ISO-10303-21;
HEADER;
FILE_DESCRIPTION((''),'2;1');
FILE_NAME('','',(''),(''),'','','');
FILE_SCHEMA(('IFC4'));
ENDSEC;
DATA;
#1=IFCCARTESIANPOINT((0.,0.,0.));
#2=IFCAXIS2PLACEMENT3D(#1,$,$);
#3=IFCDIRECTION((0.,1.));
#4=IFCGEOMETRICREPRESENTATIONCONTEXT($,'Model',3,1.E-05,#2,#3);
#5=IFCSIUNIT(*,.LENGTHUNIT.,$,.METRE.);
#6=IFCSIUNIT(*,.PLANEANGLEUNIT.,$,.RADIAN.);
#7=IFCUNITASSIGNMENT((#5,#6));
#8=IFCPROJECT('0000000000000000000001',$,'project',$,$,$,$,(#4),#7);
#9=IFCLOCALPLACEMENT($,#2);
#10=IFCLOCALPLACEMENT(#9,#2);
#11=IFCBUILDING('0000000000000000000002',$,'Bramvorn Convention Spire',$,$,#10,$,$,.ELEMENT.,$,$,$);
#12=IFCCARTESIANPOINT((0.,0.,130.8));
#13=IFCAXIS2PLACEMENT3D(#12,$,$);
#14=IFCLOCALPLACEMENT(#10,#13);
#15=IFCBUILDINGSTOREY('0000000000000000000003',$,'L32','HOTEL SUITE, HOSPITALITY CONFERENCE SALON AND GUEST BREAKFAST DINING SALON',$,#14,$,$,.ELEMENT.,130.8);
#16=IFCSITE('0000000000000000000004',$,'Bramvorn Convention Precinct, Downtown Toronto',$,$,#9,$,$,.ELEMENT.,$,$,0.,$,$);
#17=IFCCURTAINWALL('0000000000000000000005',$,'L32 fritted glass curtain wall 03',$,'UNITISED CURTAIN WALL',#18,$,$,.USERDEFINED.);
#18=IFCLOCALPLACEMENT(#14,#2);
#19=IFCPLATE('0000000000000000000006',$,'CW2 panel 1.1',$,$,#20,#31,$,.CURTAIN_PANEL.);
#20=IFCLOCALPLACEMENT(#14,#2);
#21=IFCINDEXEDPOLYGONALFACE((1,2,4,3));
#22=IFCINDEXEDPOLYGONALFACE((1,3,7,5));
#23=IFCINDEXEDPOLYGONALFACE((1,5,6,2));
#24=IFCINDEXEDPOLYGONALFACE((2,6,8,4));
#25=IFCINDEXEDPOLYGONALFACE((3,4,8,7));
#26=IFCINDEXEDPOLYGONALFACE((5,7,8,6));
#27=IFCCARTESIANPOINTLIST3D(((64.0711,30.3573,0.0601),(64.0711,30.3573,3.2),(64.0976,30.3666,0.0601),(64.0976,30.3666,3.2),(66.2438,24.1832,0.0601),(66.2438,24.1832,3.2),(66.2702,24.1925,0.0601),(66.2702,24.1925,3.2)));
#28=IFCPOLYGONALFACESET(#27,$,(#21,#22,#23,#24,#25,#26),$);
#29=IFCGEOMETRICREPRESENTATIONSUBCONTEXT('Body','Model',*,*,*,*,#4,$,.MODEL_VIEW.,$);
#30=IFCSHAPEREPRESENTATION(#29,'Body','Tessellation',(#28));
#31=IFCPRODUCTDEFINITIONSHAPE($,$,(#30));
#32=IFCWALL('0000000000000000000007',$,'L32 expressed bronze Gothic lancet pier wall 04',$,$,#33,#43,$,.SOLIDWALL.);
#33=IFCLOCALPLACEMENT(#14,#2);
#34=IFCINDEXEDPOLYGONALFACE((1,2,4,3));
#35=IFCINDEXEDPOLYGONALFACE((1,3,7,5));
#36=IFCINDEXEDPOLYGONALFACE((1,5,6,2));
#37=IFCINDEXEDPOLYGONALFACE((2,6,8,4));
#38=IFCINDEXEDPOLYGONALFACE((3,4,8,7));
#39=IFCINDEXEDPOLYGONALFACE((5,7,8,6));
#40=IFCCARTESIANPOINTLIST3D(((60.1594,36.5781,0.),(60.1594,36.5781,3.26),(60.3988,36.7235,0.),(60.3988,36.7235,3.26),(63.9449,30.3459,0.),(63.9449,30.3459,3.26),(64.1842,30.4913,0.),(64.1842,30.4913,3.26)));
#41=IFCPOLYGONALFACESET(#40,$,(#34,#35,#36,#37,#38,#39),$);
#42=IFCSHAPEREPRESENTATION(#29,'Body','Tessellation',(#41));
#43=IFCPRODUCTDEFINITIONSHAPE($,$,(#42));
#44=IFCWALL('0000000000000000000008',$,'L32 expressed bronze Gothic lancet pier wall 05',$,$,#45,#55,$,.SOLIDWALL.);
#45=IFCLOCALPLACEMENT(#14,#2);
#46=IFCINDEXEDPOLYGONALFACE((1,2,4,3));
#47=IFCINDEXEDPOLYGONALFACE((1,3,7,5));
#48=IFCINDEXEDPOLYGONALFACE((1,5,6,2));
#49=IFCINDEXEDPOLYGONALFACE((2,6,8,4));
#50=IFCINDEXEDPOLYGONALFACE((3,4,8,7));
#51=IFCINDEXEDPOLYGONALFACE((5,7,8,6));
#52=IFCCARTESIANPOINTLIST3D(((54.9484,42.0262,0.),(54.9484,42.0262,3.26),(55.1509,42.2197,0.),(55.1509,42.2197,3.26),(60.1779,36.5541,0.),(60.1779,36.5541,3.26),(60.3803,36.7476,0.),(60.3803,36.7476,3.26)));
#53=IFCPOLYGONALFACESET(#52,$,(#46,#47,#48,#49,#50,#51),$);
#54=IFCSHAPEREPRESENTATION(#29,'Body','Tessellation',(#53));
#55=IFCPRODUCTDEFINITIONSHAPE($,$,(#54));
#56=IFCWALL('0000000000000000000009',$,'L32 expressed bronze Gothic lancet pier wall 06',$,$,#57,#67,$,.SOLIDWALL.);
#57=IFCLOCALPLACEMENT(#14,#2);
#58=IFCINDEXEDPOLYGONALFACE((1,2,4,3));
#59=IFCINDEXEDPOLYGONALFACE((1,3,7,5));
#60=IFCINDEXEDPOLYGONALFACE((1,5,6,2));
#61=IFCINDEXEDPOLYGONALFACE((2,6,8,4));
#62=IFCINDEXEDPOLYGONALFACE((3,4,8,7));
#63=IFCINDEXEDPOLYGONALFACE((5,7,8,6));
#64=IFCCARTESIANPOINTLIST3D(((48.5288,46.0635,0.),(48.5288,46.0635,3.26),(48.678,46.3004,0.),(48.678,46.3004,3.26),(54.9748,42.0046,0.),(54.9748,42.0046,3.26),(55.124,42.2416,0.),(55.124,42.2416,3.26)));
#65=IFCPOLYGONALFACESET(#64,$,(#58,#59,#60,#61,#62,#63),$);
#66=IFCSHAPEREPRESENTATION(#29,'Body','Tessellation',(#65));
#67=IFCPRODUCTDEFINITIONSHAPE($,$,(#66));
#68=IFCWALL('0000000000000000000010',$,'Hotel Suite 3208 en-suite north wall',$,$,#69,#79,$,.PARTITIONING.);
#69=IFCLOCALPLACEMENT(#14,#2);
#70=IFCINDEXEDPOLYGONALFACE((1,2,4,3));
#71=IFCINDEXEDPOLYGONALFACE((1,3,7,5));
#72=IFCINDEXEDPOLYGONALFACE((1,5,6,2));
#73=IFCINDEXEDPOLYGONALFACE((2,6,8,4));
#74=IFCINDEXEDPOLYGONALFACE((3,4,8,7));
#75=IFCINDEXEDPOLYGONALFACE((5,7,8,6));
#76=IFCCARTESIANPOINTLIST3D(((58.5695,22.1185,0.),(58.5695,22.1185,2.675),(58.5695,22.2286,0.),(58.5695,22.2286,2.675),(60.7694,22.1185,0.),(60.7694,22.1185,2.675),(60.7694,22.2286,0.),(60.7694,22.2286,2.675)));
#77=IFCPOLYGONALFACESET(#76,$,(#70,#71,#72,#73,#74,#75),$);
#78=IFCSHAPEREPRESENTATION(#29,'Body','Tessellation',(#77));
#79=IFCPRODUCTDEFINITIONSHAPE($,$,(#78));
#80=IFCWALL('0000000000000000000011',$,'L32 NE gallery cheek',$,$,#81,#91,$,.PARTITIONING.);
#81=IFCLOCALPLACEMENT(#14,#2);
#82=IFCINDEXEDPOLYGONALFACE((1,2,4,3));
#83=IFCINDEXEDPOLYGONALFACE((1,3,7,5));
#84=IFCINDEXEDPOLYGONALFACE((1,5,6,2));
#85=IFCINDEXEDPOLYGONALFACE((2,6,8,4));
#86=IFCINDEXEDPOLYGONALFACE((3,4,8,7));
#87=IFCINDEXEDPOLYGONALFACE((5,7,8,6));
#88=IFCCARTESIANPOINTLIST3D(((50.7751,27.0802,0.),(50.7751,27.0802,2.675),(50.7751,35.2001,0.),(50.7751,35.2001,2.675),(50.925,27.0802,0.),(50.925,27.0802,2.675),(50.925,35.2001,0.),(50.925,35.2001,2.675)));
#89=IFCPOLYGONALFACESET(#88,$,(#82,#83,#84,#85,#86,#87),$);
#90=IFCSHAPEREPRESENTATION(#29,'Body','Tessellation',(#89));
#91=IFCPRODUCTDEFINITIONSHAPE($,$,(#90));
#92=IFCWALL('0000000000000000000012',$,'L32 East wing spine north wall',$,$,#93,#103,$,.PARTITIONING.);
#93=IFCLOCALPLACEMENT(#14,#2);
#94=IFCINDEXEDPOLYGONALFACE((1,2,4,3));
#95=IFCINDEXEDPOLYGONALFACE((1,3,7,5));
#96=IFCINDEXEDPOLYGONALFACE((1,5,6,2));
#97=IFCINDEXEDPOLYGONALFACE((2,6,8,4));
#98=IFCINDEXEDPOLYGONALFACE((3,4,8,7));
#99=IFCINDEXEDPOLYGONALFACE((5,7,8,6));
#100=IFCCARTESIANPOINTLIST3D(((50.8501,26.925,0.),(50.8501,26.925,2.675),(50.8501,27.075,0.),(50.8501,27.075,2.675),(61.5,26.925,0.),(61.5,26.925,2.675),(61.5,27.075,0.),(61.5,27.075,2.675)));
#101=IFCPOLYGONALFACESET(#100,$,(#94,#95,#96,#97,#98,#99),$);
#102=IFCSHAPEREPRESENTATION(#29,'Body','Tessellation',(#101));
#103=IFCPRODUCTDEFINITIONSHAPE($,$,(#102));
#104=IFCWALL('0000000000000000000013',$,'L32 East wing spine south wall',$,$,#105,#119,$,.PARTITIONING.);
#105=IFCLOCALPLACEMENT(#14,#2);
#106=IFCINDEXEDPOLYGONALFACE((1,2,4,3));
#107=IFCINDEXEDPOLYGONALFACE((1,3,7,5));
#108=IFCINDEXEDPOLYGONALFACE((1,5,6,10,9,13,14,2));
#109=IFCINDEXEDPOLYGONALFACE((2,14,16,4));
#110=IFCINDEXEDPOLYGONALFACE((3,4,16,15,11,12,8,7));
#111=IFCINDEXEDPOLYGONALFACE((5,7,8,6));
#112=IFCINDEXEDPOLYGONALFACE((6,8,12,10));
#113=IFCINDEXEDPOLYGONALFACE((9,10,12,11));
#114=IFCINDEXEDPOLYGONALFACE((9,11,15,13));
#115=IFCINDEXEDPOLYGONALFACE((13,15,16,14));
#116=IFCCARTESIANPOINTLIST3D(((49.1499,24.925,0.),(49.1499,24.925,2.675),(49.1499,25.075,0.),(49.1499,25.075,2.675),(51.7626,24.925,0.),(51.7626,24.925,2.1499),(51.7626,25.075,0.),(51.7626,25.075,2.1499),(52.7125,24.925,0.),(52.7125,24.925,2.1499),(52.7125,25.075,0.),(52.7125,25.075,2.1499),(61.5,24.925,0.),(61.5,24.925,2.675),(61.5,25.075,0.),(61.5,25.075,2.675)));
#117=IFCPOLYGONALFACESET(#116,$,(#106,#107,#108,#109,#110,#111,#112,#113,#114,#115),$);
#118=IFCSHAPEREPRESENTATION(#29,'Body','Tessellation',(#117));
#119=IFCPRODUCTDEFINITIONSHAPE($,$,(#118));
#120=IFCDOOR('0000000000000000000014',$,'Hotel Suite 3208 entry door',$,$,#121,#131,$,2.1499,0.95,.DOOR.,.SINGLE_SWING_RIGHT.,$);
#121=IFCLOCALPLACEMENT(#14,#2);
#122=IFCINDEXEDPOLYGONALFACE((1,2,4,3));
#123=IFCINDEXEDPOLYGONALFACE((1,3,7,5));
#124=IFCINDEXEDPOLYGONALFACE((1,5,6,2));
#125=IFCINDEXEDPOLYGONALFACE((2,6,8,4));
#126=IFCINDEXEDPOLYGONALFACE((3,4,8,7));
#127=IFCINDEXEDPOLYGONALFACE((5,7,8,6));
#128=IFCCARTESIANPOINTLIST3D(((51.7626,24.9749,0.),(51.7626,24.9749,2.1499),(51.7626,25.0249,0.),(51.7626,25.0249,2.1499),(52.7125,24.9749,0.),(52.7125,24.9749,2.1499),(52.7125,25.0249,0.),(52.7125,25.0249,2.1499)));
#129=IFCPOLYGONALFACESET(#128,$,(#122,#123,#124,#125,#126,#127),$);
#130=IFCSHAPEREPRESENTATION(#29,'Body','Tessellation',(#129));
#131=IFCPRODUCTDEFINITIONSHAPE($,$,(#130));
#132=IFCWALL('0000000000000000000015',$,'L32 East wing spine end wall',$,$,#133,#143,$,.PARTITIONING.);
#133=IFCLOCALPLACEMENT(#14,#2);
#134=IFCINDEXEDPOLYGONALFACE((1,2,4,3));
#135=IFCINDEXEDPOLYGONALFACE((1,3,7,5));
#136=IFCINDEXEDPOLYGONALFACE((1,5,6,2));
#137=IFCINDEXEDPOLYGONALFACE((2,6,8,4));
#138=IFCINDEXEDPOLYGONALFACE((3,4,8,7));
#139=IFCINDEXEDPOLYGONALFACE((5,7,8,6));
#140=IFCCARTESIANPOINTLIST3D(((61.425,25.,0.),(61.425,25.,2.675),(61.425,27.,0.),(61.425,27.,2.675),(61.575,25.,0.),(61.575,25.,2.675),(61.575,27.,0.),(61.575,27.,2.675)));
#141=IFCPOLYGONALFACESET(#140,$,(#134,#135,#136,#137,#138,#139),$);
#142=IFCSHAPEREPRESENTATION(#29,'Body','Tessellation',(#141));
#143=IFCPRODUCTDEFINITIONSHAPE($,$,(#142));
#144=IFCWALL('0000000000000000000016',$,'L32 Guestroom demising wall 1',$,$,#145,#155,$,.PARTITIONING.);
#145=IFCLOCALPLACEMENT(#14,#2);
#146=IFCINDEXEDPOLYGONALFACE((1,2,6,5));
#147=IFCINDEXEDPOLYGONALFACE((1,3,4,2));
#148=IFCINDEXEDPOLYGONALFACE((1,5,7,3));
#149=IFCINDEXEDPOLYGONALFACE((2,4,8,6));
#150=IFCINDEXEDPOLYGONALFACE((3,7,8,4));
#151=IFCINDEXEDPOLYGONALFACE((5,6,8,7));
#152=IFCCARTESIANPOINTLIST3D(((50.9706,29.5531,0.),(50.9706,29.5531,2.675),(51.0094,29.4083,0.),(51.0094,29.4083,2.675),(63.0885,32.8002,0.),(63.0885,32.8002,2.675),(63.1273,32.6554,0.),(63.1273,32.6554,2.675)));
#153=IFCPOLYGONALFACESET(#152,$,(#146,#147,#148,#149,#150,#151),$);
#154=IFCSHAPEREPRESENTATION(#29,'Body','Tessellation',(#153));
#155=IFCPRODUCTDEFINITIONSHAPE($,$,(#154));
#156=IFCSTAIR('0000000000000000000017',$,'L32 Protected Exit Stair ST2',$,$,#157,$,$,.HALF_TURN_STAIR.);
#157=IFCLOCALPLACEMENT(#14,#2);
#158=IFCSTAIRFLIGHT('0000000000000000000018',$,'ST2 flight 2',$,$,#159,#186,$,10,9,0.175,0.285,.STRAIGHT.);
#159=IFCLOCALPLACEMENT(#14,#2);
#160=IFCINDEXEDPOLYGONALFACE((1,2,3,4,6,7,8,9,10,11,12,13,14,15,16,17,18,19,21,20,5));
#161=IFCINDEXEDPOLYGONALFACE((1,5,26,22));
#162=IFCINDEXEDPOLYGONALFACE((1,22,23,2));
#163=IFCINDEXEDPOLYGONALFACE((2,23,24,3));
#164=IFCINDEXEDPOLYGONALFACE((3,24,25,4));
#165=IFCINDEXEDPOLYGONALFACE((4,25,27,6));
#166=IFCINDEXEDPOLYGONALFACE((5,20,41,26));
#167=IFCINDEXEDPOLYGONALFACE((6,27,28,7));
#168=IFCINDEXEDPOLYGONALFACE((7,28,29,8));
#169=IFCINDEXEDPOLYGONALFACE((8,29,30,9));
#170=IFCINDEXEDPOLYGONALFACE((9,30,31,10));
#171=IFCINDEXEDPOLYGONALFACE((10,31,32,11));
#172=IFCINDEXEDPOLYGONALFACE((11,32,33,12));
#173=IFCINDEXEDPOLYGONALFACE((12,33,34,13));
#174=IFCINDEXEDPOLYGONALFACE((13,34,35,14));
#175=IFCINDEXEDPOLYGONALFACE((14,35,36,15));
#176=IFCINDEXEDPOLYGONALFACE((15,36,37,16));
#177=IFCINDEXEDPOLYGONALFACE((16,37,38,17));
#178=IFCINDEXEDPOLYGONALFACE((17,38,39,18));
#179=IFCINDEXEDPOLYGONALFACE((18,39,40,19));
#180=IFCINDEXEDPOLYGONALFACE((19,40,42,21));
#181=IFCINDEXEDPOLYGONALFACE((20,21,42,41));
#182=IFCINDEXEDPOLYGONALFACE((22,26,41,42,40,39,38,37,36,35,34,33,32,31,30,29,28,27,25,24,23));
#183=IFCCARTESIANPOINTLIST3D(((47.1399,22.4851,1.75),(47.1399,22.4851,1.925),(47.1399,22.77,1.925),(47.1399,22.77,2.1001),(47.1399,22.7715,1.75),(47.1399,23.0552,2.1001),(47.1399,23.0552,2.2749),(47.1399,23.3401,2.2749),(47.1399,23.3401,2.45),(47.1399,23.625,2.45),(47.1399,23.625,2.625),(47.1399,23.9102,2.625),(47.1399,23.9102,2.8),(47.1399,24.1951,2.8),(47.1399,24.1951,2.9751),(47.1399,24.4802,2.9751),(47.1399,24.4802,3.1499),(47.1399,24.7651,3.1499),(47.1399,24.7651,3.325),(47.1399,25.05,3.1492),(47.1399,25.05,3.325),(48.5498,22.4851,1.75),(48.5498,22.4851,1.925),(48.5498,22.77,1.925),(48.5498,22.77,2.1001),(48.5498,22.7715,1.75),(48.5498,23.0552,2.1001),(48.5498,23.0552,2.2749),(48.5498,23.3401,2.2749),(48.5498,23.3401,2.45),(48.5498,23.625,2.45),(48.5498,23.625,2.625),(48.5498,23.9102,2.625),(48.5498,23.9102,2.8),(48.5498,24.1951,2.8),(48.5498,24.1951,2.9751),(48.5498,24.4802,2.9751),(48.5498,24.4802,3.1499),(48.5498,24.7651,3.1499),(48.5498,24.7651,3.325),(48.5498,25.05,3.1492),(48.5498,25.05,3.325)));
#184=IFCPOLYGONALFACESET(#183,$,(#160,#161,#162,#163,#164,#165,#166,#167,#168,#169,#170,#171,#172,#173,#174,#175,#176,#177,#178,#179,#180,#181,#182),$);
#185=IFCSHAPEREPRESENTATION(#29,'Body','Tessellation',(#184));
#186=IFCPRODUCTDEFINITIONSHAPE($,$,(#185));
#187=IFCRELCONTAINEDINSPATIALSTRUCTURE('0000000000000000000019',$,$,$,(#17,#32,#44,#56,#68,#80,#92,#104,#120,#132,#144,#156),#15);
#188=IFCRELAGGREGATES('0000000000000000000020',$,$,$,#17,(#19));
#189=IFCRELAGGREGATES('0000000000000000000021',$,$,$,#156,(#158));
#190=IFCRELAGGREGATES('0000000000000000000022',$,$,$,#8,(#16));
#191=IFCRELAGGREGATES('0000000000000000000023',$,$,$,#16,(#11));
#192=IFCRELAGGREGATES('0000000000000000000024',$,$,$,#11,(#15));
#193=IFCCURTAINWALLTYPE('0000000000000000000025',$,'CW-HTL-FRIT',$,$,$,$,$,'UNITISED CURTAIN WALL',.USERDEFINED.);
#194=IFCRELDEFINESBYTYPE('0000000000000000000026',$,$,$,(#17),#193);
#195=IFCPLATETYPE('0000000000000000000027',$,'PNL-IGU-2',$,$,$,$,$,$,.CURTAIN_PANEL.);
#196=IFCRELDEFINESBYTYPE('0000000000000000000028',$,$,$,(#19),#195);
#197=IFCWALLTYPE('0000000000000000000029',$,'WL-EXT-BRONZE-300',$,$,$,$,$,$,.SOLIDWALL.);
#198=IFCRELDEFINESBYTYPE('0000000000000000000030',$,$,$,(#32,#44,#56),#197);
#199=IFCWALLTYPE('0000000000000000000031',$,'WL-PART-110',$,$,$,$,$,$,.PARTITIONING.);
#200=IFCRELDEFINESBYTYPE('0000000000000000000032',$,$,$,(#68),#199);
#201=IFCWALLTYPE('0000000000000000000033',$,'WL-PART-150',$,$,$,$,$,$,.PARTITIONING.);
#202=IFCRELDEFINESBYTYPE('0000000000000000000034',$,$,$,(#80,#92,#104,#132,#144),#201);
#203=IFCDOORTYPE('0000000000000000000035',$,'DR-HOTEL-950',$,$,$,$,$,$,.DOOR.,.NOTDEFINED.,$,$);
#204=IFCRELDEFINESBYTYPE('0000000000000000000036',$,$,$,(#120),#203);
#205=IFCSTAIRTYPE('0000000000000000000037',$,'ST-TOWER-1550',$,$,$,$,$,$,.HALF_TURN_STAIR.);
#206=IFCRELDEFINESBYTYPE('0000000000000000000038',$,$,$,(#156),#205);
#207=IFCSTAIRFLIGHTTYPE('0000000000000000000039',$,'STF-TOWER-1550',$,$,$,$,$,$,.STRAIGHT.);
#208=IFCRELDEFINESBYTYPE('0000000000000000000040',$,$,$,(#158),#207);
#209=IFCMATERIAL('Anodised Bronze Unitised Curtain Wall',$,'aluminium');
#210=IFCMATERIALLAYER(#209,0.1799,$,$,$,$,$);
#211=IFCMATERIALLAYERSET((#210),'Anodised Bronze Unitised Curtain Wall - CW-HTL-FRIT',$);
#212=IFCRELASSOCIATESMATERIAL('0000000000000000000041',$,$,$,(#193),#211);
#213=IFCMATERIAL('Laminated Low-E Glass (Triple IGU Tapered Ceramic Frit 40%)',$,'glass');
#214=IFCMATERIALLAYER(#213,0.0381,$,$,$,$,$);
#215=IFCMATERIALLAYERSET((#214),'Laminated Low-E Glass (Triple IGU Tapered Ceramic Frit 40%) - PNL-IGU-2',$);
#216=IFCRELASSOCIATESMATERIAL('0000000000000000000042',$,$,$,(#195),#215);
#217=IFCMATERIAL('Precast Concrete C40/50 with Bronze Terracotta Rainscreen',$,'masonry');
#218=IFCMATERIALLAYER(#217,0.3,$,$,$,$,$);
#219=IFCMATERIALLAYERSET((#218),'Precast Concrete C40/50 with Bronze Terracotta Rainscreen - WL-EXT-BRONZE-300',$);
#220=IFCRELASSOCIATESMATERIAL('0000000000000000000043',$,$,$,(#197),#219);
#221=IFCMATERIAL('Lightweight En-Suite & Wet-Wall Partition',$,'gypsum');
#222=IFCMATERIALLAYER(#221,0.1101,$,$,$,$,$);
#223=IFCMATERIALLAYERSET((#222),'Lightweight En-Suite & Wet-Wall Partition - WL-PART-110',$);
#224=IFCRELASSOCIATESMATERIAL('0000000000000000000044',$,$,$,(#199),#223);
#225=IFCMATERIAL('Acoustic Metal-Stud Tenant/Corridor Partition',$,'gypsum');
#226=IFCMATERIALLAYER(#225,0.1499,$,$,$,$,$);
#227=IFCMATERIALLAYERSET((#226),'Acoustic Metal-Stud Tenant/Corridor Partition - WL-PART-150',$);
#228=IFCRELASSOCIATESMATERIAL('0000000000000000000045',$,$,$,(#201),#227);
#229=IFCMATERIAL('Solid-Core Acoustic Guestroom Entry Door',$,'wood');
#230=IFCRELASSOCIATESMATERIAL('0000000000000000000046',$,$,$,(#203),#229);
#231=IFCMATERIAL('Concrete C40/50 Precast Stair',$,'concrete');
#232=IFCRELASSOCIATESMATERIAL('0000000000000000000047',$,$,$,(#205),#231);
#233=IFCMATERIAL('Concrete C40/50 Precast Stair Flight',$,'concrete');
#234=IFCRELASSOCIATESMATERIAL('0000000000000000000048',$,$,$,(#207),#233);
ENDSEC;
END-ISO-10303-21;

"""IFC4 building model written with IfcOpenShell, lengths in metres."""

from ifc_helpers import new_model, si_unit, direction, frame, frame_2d, origin, origin_2d, place, context, subcontext, project, spatial, polyline, rectangle, outline, extrude, material, layer, layer_set, type_object, element, fill, aggregate, save


model = new_model("IFC4")

# Units and contexts
model_context = context("Model", 3, precision=1e-05, world=origin(), true_north=direction((0.0, 1.0)))
body_context = subcontext(model_context, "Body", "Model", "MODEL_VIEW")
ifc_project = project(units=[si_unit("LENGTHUNIT", "METRE"), si_unit("PLANEANGLEUNIT", "RADIAN")], contexts=[model_context])

# Site, building, storey
site_placement = place(None, origin())
site = spatial("IfcSite", under=ifc_project, at=site_placement, Name="Bramvorn Convention Precinct, Downtown Toronto", CompositionType="ELEMENT", RefElevation=0.0)
building_placement = place(site_placement, origin())
building = spatial("IfcBuilding", under=site, at=building_placement, Name="Bramvorn Convention Spire", CompositionType="ELEMENT")
storey_placement = place(building_placement, frame((0.0, 0.0, 130.8)))
storey = spatial("IfcBuildingStorey", under=building, at=storey_placement, Name="L32", Description="HOTEL SUITE, HOSPITALITY CONFERENCE SALON AND GUEST BREAKFAST DINING SALON", CompositionType="ELEMENT", Elevation=130.8)

# Shared definitions
ifc_material_1 = material(Name="Anodised Bronze Unitised Curtain Wall", Category="aluminium")
ifc_layer_1 = layer(ifc_material_1, 0.1799)
ifc_layer_set_1 = layer_set([ifc_layer_1], Name="Anodised Bronze Unitised Curtain Wall - CW-HTL-FRIT")
curtain_wall_type = type_object("IfcCurtainWallType", Name="CW-HTL-FRIT", ElementType="UNITISED CURTAIN WALL", PredefinedType="USERDEFINED", material=ifc_layer_set_1)

# Curtain wall
curtain_wall_1_placement = place(storey_placement, origin())
curtain_wall_1 = element("IfcCurtainWall", 1, at=curtain_wall_1_placement, inside=storey, type_object=curtain_wall_type, Name="L32 fritted glass curtain wall 03", ObjectType="UNITISED CURTAIN WALL", PredefinedType="USERDEFINED")

# Plate
ifc_material_2 = material(Name="Laminated Low-E Glass (Triple IGU Tapered Ceramic Frit 40%)", Category="glass")
ifc_layer_2 = layer(ifc_material_2, 0.0381)
ifc_layer_set_2 = layer_set([ifc_layer_2], Name="Laminated Low-E Glass (Triple IGU Tapered Ceramic Frit 40%) - PNL-IGU-2")
plate_type = type_object("IfcPlateType", Name="PNL-IGU-2", PredefinedType="CURTAIN_PANEL", material=ifc_layer_set_2)
plate_placement = place(storey_placement, frame((65.1707, 27.2749, 0.0601), z_axis=(0.0, 0.0, 1.0), x_axis=(0.331951, -0.943297, 0.0)))
plate = element("IfcPlate", 2, at=plate_placement, type_object=plate_type, Name="CW2 panel 1.1", PredefinedType="CURTAIN_PANEL", context=body_context, shape_type="SweptSolid", body=[
    extrude(rectangle(XDim=6.5452, YDim=0.0281, at=origin_2d()), origin(), (0.0, 0.0, 1.0), 3.1399),
])
aggregate(curtain_wall_1, [plate])

# Walls
ifc_material_3 = material(Name="Precast Concrete C40/50 with Bronze Terracotta Rainscreen", Category="masonry")
ifc_layer_3 = layer(ifc_material_3, 0.3)
ifc_layer_set_3 = layer_set([ifc_layer_3], Name="Precast Concrete C40/50 with Bronze Terracotta Rainscreen - WL-EXT-BRONZE-300")
wall_type_1 = type_object("IfcWallType", Name="WL-EXT-BRONZE-300", PredefinedType="SOLIDWALL", material=ifc_layer_set_3)
wall_1_placement = place(storey_placement, frame((60.2791, 36.6509, 0.0), z_axis=(0.0, 0.0, 1.0), x_axis=(0.519136, -0.854691, 0.0)))
element("IfcWall", 3, at=wall_1_placement, inside=storey, type_object=wall_type_1, Name="L32 expressed bronze Gothic lancet pier wall 04", PredefinedType="SOLIDWALL", context=body_context, shape_type="SweptSolid", body=[
    extrude(rectangle(XDim=7.2917, YDim=0.28, at=frame_2d((3.646, 0.0))), origin(), (0.0, 0.0, 1.0), 3.26),
])
wall_2_placement = place(storey_placement, frame((55.0496, 42.123, 0.0), z_axis=(0.0, 0.0, 1.0), x_axis=(0.690894, -0.722956, 0.0)))
element("IfcWall", 4, at=wall_2_placement, inside=storey, type_object=wall_type_1, Name="L32 expressed bronze Gothic lancet pier wall 05", PredefinedType="SOLIDWALL", context=body_context, shape_type="SweptSolid", body=[
    extrude(rectangle(XDim=7.5691, YDim=0.28, at=frame_2d((3.7847, 0.0))), origin(), (0.0, 0.0, 1.0), 3.26),
])
wall_3_placement = place(storey_placement, frame((48.6035, 46.1819, 0.0), z_axis=(0.0, 0.0, 1.0), x_axis=(0.84622, -0.532834, 0.0)))
element("IfcWall", 5, at=wall_3_placement, inside=storey, type_object=wall_type_1, Name="L32 expressed bronze Gothic lancet pier wall 06", PredefinedType="SOLIDWALL", context=body_context, shape_type="SweptSolid", body=[
    extrude(rectangle(XDim=7.6174, YDim=0.28, at=frame_2d((3.8086, 0.0))), origin(), (0.0, 0.0, 1.0), 3.26),
])
ifc_material_4 = material(Name="Lightweight En-Suite & Wet-Wall Partition", Category="gypsum")
ifc_layer_4 = layer(ifc_material_4, 0.1101)
ifc_layer_set_4 = layer_set([ifc_layer_4], Name="Lightweight En-Suite & Wet-Wall Partition - WL-PART-110")
wall_type_2 = type_object("IfcWallType", Name="WL-PART-110", PredefinedType="PARTITIONING", material=ifc_layer_set_4)
wall_4_placement = place(storey_placement, frame((58.5693, 22.1736, 0.0), z_axis=(0.0, 0.0, 1.0), x_axis=(1.0, 0.0, 0.0)))
element("IfcWall", 6, at=wall_4_placement, inside=storey, type_object=wall_type_2, Name="Hotel Suite 3208 en-suite north wall", PredefinedType="PARTITIONING", context=body_context, shape_type="SweptSolid", body=[
    extrude(rectangle(XDim=2.2, YDim=0.1101, at=frame_2d((1.1001, 0.0))), origin(), (0.0, 0.0, 1.0), 2.675),
])
ifc_material_5 = material(Name="Acoustic Metal-Stud Tenant/Corridor Partition", Category="gypsum")
ifc_layer_5 = layer(ifc_material_5, 0.1499)
ifc_layer_set_5 = layer_set([ifc_layer_5], Name="Acoustic Metal-Stud Tenant/Corridor Partition - WL-PART-150")
wall_type_3 = type_object("IfcWallType", Name="WL-PART-150", PredefinedType="PARTITIONING", material=ifc_layer_set_5)
wall_5_placement = place(storey_placement, frame((50.8501, 27.0801, 0.0), z_axis=(0.0, 0.0, 1.0), x_axis=(0.0, 1.0, 0.0)))
element("IfcWall", 7, at=wall_5_placement, inside=storey, type_object=wall_type_3, Name="L32 NE gallery cheek", PredefinedType="PARTITIONING", context=body_context, shape_type="SweptSolid", body=[
    extrude(rectangle(XDim=8.1199, YDim=0.1499, at=frame_2d((4.0601, 0.0))), origin(), (0.0, 0.0, 1.0), 2.675),
])
wall_6_placement = place(storey_placement, frame((50.8501, 27.0, 0.0), z_axis=(0.0, 0.0, 1.0), x_axis=(1.0, 0.0, 0.0)))
element("IfcWall", 8, at=wall_6_placement, inside=storey, type_object=wall_type_3, Name="L32 East wing spine north wall", PredefinedType="PARTITIONING", context=body_context, shape_type="SweptSolid", body=[
    extrude(rectangle(XDim=10.6499, YDim=0.1499, at=frame_2d((5.325, 0.0))), origin(), (0.0, 0.0, 1.0), 2.675),
])

# Wall, opening, door
wall_7_placement = place(storey_placement, frame((49.1499, 25.0, 0.0), z_axis=(0.0, 0.0, 1.0), x_axis=(1.0, 0.0, 0.0)))
wall_7 = element("IfcWall", 9, at=wall_7_placement, inside=storey, type_object=wall_type_3, Name="L32 East wing spine south wall", PredefinedType="PARTITIONING", context=body_context, shape_type="SweptSolid", body=[
    extrude(rectangle(XDim=12.3501, YDim=0.1499, at=frame_2d((6.175, 0.0))), origin(), (0.0, 0.0, 1.0), 2.675),
])
opening_placement = place(wall_7_placement, frame((2.6125, 0.0, 0.0)))
opening = element("IfcOpeningElement", 10, at=opening_placement, cuts=wall_7, PredefinedType="OPENING", context=body_context, shape_type="SweptSolid", body=[
    extrude(rectangle(XDim=0.95, YDim=2.1499, at=frame_2d((0.4751, 1.075))), frame((0.0, 0.085, 0.0), z_axis=(0.0, -1.0, 0.0), x_axis=(1.0, 0.0, 0.0)), (0.0, 0.0, 1.0), 0.1699),
])
ifc_material_6 = material(Name="Solid-Core Acoustic Guestroom Entry Door", Category="wood")
door_type = type_object("IfcDoorType", Name="DR-HOTEL-950", OperationType="NOTDEFINED", PredefinedType="DOOR", material=ifc_material_6)
door_placement = place(opening_placement, origin())
door = element("IfcDoor", 11, at=door_placement, inside=storey, type_object=door_type, Name="Hotel Suite 3208 entry door", OperationType="SINGLE_SWING_RIGHT", OverallHeight=2.1499, OverallWidth=0.95, PredefinedType="DOOR", context=body_context, shape_type="SweptSolid", body=[
    extrude(rectangle(XDim=0.95, YDim=2.1499, at=frame_2d((0.4751, 1.075))), frame((0.0, 0.0249, 0.0), z_axis=(0.0, -1.0, 0.0), x_axis=(1.0, 0.0, 0.0)), (0.0, 0.0, 1.0), 0.05),
])
fill(opening, door)

# Walls
wall_8_placement = place(storey_placement, frame((61.5, 25.0, 0.0), z_axis=(0.0, 0.0, 1.0), x_axis=(0.0, 1.0, 0.0)))
element("IfcWall", 12, at=wall_8_placement, inside=storey, type_object=wall_type_3, Name="L32 East wing spine end wall", PredefinedType="PARTITIONING", context=body_context, shape_type="SweptSolid", body=[
    extrude(rectangle(XDim=2.0, YDim=0.1499, at=frame_2d((1.0, 0.0))), origin(), (0.0, 0.0, 1.0), 2.675),
])
wall_9_placement = place(storey_placement, frame((50.99, 29.4807, 0.0), z_axis=(0.0, 0.0, 1.0), x_axis=(0.965924, 0.258825, 0.0)))
element("IfcWall", 13, at=wall_9_placement, inside=storey, type_object=wall_type_3, Name="L32 Guestroom demising wall 1", PredefinedType="PARTITIONING", context=body_context, shape_type="SweptSolid", body=[
    extrude(rectangle(XDim=12.5454, YDim=0.1499, at=frame_2d((6.2727, 0.0))), origin(), (0.0, 0.0, 1.0), 2.675),
])

# Stair, stair flight
ifc_material_7 = material(Name="Concrete C40/50 Precast Stair", Category="concrete")
stair_type = type_object("IfcStairType", Name="ST-TOWER-1550", PredefinedType="HALF_TURN_STAIR", material=ifc_material_7)
stair_placement = place(storey_placement, origin())
stair = element("IfcStair", 14, at=stair_placement, inside=storey, type_object=stair_type, Name="L32 Protected Exit Stair ST2", PredefinedType="HALF_TURN_STAIR")
ifc_material_8 = material(Name="Concrete C40/50 Precast Stair Flight", Category="concrete")
stair_flight_type = type_object("IfcStairFlightType", Name="STF-TOWER-1550", PredefinedType="STRAIGHT", material=ifc_material_8)
stair_flight_placement = place(storey_placement, frame((47.845, 22.4851, 1.75), z_axis=(0.0, 0.0, 1.0), x_axis=(0.0, 1.0, 0.0)))
stair_flight = element("IfcStairFlight", 15, at=stair_flight_placement, type_object=stair_flight_type, Name="ST2 flight 2", NumberOfRisers=10, NumberOfTreads=9, PredefinedType="STRAIGHT", RiserHeight=0.175, TreadLength=0.285, context=body_context, shape_type="SweptSolid", body=[
    extrude(outline(polyline([(0.0, 0.0), (0.0, 0.175), (0.2849, 0.175), (0.2849, 0.3501), (0.5701, 0.3501), (0.5701, 0.5249), (0.855, 0.5249), (0.855, 0.7), (1.1399, 0.7), (1.1399, 0.875), (1.425, 0.875), (1.425, 1.05), (1.71, 1.05), (1.71, 1.2251), (1.9951, 1.2251), (1.9951, 1.3999), (2.28, 1.3999), (2.28, 1.575), (2.5649, 1.575), (2.5649, 1.75), (2.5649, 1.3992), (0.2864, 0.0), (0.0, 0.0)])), frame((0.0, 0.7051, 0.0), z_axis=(0.0, -1.0, 0.0), x_axis=(1.0, 0.0, 0.0)), (0.0, 0.0, 1.0), 1.4099),
])
aggregate(stair, [stair_flight])

save(model, "model.ifc")
